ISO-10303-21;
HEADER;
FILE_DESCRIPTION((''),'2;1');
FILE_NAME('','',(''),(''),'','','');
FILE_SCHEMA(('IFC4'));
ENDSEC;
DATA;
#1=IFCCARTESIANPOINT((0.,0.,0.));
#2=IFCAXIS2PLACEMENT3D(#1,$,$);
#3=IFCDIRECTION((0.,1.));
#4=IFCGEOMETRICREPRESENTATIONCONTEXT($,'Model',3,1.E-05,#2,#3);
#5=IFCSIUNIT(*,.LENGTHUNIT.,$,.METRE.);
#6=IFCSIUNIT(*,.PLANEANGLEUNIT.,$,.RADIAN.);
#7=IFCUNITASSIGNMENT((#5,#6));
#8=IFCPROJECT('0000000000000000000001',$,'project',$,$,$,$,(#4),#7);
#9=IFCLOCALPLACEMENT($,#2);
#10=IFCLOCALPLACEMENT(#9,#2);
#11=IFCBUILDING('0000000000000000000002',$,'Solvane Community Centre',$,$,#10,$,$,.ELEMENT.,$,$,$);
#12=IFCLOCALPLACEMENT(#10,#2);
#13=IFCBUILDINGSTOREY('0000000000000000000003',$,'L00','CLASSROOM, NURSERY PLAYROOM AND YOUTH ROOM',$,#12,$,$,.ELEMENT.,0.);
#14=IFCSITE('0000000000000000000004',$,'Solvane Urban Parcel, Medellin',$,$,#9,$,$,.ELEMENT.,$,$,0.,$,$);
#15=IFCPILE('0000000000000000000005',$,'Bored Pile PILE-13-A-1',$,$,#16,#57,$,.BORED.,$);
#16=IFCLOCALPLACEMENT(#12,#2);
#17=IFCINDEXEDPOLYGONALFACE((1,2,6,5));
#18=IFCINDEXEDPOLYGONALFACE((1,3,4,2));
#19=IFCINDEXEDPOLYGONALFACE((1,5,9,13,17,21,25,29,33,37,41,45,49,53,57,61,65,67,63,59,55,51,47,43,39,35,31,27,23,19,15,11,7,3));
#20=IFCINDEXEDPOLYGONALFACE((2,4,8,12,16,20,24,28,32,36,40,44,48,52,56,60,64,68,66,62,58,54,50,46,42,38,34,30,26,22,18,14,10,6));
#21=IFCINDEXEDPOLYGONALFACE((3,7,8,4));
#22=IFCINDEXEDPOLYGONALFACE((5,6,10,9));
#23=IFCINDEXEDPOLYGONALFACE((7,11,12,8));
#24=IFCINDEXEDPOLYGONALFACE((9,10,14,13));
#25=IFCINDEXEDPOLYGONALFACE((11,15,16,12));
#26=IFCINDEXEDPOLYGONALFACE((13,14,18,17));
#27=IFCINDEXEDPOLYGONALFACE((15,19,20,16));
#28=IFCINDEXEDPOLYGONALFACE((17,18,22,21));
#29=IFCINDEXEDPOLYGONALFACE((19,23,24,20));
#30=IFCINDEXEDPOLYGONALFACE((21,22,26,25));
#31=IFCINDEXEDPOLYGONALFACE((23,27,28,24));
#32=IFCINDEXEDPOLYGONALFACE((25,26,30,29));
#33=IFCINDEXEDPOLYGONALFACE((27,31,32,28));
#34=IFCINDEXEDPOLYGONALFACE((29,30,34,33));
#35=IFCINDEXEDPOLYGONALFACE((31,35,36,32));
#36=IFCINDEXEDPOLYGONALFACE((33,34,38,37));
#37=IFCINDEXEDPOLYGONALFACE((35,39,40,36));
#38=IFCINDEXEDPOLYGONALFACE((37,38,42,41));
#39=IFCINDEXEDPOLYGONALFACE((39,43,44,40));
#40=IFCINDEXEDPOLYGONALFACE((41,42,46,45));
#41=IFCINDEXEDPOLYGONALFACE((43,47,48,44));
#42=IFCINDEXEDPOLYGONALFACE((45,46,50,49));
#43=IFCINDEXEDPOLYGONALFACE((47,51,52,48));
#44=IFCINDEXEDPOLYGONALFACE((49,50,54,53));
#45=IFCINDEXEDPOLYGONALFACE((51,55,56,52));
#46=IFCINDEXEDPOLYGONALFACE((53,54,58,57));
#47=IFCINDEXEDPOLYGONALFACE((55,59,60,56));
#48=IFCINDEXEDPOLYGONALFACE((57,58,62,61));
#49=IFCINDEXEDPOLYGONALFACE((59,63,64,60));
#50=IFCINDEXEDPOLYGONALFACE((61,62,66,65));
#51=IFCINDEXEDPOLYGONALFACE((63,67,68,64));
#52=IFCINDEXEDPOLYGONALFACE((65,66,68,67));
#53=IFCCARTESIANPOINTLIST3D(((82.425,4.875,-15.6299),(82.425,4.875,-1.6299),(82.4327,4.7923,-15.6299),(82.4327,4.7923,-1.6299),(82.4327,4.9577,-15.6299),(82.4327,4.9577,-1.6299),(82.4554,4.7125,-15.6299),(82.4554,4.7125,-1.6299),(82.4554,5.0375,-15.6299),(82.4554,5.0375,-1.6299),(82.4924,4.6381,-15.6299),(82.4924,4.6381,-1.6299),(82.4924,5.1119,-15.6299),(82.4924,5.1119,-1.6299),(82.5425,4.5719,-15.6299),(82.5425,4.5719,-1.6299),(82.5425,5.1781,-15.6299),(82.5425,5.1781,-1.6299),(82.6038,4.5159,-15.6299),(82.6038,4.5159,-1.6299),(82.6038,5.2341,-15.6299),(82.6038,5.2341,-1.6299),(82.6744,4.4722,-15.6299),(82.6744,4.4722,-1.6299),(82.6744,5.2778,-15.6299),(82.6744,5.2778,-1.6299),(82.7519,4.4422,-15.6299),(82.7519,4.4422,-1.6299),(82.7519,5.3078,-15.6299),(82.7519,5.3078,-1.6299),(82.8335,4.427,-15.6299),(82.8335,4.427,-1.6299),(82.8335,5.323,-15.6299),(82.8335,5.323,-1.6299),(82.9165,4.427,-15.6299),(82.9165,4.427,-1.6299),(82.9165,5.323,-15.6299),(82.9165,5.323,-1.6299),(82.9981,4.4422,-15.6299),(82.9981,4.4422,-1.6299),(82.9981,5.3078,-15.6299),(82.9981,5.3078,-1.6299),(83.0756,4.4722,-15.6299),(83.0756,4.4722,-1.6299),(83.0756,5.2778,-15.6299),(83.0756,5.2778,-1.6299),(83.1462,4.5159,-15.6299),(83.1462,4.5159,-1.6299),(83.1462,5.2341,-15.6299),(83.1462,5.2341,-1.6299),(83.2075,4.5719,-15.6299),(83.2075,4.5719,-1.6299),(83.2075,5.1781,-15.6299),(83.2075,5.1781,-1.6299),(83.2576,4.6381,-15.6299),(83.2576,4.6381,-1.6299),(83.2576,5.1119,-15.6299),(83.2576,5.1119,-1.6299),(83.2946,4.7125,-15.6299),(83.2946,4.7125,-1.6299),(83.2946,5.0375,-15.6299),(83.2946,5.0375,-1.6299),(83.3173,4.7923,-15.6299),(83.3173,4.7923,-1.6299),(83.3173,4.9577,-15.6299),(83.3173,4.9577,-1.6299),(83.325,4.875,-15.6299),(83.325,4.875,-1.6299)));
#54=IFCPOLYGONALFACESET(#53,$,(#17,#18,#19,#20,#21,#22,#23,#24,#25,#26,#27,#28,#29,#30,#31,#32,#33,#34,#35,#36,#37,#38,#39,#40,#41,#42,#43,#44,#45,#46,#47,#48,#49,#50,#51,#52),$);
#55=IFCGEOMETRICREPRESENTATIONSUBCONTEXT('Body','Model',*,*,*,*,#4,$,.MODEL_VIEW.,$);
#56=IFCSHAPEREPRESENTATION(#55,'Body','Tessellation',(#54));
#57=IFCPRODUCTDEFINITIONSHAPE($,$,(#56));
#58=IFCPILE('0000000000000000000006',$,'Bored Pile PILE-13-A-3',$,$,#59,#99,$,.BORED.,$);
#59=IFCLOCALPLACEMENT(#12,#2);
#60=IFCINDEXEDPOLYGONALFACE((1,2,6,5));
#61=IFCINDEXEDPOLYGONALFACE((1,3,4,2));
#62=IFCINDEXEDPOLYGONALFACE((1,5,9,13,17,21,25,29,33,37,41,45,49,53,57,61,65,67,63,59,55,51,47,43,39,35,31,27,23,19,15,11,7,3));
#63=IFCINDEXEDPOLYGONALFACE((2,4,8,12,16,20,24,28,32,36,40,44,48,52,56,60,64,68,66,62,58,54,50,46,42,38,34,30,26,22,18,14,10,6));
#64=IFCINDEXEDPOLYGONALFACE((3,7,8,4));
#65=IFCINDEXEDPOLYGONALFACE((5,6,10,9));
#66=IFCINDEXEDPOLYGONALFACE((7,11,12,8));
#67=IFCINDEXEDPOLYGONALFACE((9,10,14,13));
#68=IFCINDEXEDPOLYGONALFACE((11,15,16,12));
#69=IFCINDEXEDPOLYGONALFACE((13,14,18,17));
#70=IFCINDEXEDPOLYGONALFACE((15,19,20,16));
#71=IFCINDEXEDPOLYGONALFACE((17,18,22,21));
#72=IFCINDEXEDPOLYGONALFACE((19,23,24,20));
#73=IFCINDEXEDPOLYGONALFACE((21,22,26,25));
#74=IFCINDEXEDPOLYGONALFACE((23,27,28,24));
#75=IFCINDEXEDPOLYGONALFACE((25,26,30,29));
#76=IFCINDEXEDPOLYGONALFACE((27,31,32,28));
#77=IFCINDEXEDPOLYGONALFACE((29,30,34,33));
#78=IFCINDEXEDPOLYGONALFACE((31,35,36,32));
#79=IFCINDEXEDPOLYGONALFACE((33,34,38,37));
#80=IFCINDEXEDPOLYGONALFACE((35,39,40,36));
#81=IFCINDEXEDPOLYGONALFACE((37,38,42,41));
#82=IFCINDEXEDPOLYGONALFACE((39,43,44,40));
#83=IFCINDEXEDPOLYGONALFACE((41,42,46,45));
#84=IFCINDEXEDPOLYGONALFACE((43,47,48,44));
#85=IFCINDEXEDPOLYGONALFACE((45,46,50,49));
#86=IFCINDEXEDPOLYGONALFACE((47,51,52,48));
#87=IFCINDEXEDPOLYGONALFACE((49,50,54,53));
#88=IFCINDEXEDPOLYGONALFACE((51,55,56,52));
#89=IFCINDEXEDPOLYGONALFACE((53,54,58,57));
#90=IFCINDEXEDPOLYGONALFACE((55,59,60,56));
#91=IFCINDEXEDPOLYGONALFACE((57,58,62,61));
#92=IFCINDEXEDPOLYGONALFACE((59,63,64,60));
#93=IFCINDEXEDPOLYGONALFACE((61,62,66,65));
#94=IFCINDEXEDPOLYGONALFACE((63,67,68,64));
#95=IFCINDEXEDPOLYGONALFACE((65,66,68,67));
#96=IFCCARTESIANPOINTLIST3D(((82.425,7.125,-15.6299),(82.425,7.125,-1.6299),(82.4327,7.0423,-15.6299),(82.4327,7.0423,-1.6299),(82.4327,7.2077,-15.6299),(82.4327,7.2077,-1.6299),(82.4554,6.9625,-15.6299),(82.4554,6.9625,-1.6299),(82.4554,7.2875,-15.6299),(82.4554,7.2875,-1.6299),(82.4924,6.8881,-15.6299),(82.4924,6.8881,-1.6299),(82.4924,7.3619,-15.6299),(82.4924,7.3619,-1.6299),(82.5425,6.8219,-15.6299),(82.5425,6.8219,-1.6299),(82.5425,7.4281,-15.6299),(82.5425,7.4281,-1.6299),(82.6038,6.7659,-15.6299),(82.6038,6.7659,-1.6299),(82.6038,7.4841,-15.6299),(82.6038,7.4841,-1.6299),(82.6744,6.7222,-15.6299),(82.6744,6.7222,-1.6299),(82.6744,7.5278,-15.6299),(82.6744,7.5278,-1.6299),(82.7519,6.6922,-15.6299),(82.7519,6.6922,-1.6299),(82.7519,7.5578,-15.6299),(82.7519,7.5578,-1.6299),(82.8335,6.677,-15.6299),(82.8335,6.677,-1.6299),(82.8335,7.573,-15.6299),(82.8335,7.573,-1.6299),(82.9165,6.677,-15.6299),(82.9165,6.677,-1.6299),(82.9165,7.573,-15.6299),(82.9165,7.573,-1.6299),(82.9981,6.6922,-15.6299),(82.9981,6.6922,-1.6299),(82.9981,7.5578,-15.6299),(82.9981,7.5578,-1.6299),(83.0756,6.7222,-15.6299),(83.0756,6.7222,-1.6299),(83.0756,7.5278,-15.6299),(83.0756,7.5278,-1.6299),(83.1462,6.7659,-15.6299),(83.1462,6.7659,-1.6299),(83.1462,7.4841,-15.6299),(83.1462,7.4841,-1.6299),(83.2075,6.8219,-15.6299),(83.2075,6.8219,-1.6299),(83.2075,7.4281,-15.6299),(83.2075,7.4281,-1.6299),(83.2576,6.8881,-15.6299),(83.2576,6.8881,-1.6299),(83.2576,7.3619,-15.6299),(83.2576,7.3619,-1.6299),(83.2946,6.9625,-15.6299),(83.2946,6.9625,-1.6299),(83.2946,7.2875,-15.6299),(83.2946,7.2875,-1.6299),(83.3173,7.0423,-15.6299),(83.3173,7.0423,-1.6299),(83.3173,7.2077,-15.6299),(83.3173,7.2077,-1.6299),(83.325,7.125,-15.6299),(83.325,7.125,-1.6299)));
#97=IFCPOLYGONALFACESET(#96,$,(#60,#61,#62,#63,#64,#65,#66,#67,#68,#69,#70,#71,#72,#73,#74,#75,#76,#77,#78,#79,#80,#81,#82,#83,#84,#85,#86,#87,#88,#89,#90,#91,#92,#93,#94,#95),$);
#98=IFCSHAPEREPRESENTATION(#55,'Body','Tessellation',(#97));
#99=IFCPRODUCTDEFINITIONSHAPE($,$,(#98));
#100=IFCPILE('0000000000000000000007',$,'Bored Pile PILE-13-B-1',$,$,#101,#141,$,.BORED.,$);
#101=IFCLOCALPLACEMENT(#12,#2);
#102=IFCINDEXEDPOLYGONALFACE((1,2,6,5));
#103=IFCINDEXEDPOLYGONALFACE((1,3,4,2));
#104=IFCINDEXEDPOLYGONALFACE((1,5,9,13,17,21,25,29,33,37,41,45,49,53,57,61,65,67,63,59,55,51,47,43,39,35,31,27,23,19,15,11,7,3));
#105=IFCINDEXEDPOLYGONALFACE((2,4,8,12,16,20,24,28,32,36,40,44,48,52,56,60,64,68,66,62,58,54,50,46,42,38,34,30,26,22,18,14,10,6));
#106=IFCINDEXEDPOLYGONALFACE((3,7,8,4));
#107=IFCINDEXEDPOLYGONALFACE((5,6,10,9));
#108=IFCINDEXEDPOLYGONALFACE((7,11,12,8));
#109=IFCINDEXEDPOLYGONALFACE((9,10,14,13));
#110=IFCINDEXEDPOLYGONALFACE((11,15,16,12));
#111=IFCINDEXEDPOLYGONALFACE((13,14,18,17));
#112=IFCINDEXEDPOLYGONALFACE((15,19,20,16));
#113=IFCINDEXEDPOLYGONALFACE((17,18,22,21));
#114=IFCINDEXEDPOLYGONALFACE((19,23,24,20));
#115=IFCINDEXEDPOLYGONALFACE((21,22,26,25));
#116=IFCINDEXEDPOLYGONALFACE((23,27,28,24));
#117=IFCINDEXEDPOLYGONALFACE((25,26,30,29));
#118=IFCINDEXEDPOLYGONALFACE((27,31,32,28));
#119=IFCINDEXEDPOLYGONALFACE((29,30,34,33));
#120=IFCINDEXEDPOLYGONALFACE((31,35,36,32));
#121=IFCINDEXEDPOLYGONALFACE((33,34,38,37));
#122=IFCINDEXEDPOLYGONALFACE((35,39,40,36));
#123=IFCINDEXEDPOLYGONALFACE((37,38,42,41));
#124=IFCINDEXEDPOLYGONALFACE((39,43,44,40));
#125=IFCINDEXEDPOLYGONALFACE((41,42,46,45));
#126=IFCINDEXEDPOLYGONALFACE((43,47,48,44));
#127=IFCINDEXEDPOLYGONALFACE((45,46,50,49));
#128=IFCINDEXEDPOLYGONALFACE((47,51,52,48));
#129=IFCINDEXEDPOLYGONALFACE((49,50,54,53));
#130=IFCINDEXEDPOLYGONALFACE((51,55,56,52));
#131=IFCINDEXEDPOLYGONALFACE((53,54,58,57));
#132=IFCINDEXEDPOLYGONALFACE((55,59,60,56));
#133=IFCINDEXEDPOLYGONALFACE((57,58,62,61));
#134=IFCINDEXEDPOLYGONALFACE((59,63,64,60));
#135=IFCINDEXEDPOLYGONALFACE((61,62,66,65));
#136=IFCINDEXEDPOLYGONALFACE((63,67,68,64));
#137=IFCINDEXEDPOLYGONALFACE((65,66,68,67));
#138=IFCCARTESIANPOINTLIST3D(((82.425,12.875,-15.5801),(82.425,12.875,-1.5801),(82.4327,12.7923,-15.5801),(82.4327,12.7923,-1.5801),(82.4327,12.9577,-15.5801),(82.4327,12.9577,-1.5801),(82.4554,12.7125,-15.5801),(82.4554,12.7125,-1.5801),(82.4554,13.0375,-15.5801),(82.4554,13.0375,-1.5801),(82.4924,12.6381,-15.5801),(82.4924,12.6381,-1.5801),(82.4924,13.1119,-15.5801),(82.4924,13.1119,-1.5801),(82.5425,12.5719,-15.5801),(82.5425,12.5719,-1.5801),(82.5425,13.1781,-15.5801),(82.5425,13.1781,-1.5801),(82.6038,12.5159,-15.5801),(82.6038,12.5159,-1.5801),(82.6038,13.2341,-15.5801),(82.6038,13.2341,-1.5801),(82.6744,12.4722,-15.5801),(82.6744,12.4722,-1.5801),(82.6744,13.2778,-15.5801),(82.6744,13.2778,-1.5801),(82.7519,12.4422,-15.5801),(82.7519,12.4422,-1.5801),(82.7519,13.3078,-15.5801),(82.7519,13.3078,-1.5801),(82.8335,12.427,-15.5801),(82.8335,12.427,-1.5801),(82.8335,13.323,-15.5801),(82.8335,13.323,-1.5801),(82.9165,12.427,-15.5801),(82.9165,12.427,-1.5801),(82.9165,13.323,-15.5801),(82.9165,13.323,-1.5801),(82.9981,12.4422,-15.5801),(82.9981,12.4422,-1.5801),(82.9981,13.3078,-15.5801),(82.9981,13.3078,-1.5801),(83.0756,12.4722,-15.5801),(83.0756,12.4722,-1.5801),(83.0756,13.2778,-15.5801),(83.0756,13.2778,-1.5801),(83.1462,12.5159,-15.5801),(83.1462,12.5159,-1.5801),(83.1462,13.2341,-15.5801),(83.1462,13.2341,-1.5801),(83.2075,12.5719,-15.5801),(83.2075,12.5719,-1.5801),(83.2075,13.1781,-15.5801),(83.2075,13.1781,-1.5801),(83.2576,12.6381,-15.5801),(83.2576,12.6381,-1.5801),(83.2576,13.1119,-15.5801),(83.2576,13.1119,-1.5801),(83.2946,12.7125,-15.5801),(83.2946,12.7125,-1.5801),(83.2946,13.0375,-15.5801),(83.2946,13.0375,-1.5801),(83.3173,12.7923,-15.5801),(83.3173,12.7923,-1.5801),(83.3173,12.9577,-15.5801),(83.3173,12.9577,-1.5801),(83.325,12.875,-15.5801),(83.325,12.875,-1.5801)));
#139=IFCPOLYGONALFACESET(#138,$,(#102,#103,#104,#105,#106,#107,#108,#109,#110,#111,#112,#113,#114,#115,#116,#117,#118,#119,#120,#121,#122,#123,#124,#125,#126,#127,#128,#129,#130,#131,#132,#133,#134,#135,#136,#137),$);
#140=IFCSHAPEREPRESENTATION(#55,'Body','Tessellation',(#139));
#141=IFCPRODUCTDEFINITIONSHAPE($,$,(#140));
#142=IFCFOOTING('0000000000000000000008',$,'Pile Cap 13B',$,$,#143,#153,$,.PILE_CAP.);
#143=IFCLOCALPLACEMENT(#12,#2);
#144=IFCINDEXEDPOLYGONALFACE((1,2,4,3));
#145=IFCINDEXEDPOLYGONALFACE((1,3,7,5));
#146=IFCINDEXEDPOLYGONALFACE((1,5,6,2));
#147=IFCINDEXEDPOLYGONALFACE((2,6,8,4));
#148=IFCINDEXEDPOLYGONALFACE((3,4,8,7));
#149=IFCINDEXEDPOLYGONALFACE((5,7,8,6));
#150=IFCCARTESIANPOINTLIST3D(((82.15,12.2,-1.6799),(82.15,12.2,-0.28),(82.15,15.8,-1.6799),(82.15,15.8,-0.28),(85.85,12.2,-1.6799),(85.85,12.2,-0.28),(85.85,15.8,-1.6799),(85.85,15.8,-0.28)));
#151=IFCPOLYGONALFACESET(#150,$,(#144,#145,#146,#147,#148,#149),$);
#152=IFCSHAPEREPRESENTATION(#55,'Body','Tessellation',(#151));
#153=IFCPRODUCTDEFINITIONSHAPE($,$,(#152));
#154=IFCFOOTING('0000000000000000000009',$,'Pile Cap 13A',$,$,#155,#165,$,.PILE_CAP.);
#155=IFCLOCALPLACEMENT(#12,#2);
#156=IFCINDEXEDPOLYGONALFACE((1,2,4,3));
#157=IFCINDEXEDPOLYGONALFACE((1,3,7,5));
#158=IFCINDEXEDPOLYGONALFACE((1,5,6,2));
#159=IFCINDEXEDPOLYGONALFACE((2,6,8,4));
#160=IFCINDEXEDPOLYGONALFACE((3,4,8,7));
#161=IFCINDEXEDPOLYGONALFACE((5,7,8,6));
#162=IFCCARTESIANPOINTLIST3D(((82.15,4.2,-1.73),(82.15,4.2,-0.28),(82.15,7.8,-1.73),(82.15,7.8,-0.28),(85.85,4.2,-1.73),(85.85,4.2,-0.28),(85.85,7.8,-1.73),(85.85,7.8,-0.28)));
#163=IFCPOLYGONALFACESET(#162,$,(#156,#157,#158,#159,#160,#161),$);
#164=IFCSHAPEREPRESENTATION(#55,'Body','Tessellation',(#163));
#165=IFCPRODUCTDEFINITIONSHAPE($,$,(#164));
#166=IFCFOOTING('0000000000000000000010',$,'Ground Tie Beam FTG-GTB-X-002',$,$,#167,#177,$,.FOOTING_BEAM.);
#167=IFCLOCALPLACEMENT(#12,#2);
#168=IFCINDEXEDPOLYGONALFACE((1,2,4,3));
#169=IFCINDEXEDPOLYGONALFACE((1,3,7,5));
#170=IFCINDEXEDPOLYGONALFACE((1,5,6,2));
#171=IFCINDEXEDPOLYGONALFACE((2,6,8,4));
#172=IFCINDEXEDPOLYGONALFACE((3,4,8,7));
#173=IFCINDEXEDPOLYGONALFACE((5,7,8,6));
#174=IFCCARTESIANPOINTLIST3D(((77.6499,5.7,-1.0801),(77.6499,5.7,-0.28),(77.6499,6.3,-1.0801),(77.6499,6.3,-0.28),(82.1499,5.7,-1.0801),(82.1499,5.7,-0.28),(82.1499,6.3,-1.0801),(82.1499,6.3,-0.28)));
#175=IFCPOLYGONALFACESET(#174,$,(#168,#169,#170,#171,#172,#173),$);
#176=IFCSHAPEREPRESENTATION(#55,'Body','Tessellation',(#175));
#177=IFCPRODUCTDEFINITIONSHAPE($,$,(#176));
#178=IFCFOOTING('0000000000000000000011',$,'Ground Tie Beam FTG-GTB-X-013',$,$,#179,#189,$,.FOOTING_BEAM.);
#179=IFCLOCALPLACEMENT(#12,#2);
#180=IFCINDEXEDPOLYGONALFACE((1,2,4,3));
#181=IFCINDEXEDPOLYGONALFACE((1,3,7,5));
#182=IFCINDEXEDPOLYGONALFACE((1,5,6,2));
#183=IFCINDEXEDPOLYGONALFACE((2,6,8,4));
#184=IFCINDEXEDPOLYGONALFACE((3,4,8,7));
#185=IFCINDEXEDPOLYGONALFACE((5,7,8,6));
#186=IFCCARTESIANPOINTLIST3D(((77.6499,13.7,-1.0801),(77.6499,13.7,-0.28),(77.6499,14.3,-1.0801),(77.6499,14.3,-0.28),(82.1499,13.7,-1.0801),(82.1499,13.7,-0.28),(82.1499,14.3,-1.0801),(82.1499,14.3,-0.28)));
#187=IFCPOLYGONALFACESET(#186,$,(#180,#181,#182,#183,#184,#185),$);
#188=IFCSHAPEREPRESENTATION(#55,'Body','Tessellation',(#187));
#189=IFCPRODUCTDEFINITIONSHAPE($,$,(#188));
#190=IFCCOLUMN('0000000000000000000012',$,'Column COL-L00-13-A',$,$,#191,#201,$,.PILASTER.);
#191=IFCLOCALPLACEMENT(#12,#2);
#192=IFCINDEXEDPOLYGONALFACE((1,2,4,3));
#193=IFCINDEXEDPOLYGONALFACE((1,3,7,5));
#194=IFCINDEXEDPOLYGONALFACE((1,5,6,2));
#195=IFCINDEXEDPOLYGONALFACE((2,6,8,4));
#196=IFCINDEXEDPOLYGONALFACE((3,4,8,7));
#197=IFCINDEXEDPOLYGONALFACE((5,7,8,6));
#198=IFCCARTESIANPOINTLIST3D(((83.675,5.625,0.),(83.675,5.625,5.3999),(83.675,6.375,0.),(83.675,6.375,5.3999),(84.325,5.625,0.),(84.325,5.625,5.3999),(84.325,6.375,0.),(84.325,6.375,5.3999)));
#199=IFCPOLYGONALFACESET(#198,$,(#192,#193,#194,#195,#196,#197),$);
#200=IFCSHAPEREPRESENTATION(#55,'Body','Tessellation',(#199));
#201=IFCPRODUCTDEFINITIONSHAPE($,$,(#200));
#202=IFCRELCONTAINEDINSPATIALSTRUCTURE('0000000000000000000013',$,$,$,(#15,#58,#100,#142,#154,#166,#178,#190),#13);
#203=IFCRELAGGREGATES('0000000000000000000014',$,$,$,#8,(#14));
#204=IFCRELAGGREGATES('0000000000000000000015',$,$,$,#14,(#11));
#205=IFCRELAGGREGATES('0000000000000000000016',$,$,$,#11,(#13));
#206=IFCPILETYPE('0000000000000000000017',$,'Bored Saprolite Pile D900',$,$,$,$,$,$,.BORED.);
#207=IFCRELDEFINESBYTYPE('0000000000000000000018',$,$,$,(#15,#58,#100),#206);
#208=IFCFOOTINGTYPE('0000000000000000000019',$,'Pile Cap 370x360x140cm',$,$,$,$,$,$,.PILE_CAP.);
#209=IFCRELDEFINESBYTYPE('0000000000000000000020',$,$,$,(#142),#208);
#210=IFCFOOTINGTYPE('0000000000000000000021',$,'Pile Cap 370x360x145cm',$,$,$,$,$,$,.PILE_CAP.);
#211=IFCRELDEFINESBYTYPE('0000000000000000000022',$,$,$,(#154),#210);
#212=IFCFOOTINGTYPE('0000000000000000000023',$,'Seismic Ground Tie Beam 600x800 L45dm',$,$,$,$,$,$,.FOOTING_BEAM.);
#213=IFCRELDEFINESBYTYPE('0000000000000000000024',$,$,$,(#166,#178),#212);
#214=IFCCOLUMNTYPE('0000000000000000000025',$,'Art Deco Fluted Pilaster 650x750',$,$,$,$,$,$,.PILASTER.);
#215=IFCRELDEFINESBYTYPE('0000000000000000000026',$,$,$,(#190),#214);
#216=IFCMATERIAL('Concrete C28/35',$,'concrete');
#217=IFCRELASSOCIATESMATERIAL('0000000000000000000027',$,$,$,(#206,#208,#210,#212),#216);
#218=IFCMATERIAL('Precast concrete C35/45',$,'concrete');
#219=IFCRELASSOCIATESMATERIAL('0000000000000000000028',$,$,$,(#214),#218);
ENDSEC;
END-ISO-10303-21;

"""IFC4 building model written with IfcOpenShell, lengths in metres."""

from ifc_helpers import new_model, si_unit, direction, frame, origin, origin_2d, place, context, subcontext, project, spatial, rectangle, circle, extrude, material, material_profile, profile_set, type_object, element, save


model = new_model("IFC4")

# Units and contexts
model_context = context("Model", 3, precision=1e-05, world=origin(), true_north=direction((0.0, 1.0)))
body_context = subcontext(model_context, "Body", "Model", "MODEL_VIEW")
ifc_project = project(units=[si_unit("LENGTHUNIT", "METRE"), si_unit("PLANEANGLEUNIT", "RADIAN")], contexts=[model_context])

# Site, building, storey
site_placement = place(None, origin())
site = spatial("IfcSite", under=ifc_project, at=site_placement, Name="Solvane Urban Parcel, Medellin", CompositionType="ELEMENT", RefElevation=0.0)
building_placement = place(site_placement, origin())
building = spatial("IfcBuilding", under=site, at=building_placement, Name="Solvane Community Centre", CompositionType="ELEMENT")
storey_placement = place(building_placement, origin())
storey = spatial("IfcBuildingStorey", under=building, at=storey_placement, Name="L00", Description="CLASSROOM, NURSERY PLAYROOM AND YOUTH ROOM", CompositionType="ELEMENT", Elevation=0.0)

# Piles
ifc_material_1 = material(Name="Concrete C28/35", Category="concrete")
ifc_material_profile_1 = material_profile(ifc_material_1, circle(Radius=0.45, at=origin_2d()), Name="PILE D900")
ifc_profile_set_1 = profile_set([ifc_material_profile_1], Name="Concrete C28/35")
pile_type = type_object("IfcPileType", Name="Bored Saprolite Pile D900", PredefinedType="BORED", material=ifc_profile_set_1)
for number, where, z_axis, x_axis, name in (
    (1, (82.875, 4.875, -1.6299), (0.0, 0.0, -1.0), (1.0, 0.0, 0.0), "Bored Pile PILE-13-A-1"),
    (2, (82.875, 7.125, -1.6299), (0.0, 0.0, -1.0), (1.0, 0.0, 0.0), "Bored Pile PILE-13-A-3"),
    (3, (82.875, 12.875, -1.5801), (0.0, 0.0, -1.0), (1.0, 0.0, 0.0), "Bored Pile PILE-13-B-1"),
):
    element("IfcPile", number, at=place(storey_placement, frame(where, z_axis=z_axis, x_axis=x_axis)), inside=storey, type_object=pile_type, Name=name, PredefinedType="BORED", context=body_context, shape_type="SweptSolid", body=[
        extrude(circle(Radius=0.45, at=origin_2d()), origin(), (0.0, 0.0, 1.0), 14.0),
    ])

# Footings
footing_type_1 = type_object("IfcFootingType", Name="Pile Cap 370x360x140cm", PredefinedType="PILE_CAP", material=ifc_material_1)
footing_1_placement = place(storey_placement, frame((84.0, 14.0, -1.6799), z_axis=(0.0, 0.0, 1.0), x_axis=(1.0, 0.0, 0.0)))
element("IfcFooting", 4, at=footing_1_placement, inside=storey, type_object=footing_type_1, Name="Pile Cap 13B", PredefinedType="PILE_CAP", context=body_context, shape_type="SweptSolid", body=[
    extrude(rectangle(XDim=3.7, YDim=3.6001, at=origin_2d()), origin(), (0.0, 0.0, 1.0), 1.3999),
])
footing_type_2 = type_object("IfcFootingType", Name="Pile Cap 370x360x145cm", PredefinedType="PILE_CAP", material=ifc_material_1)
footing_2_placement = place(storey_placement, frame((84.0, 6.0, -1.73), z_axis=(0.0, 0.0, 1.0), x_axis=(1.0, 0.0, 0.0)))
element("IfcFooting", 5, at=footing_2_placement, inside=storey, type_object=footing_type_2, Name="Pile Cap 13A", PredefinedType="PILE_CAP", context=body_context, shape_type="SweptSolid", body=[
    extrude(rectangle(XDim=3.7, YDim=3.6001, at=origin_2d()), origin(), (0.0, 0.0, 1.0), 1.45),
])
footing_type_3 = type_object("IfcFootingType", Name="Seismic Ground Tie Beam 600x800 L45dm", PredefinedType="FOOTING_BEAM", material=ifc_material_1)
for number, where, z_axis, x_axis, name in (
    (6, (79.8999, 6.0, -1.0801), (0.0, 0.0, 1.0), (1.0, 0.0, 0.0), "Ground Tie Beam FTG-GTB-X-002"),
    (7, (79.8999, 14.0, -1.0801), (0.0, 0.0, 1.0), (1.0, 0.0, 0.0), "Ground Tie Beam FTG-GTB-X-013"),
):
    element("IfcFooting", number, at=place(storey_placement, frame(where, z_axis=z_axis, x_axis=x_axis)), inside=storey, type_object=footing_type_3, Name=name, PredefinedType="FOOTING_BEAM", context=body_context, shape_type="SweptSolid", body=[
        extrude(rectangle(XDim=4.5, YDim=0.6001, at=origin_2d()), origin(), (0.0, 0.0, 1.0), 0.8),
    ])

# Column
ifc_material_2 = material(Name="Precast concrete C35/45", Category="concrete")
ifc_material_profile_2 = material_profile(ifc_material_2, rectangle(XDim=0.6499, YDim=0.75, at=origin_2d()), Name="RC 650x750")
ifc_profile_set_2 = profile_set([ifc_material_profile_2], Name="Precast concrete C35/45")
column_type_1 = type_object("IfcColumnType", Name="Art Deco Fluted Pilaster 650x750", PredefinedType="PILASTER", material=ifc_profile_set_2)
column_1_placement = place(storey_placement, frame((84.0, 6.0, 0.0), z_axis=(0.0, 0.0, 1.0), x_axis=(1.0, 0.0, 0.0)))
element("IfcColumn", 8, at=column_1_placement, inside=storey, type_object=column_type_1, Name="Column COL-L00-13-A", PredefinedType="PILASTER", context=body_context, shape_type="SweptSolid", body=[
    extrude(rectangle(XDim=0.6499, YDim=0.75, at=origin_2d()), origin(), (0.0, 0.0, 1.0), 5.3999),
])

save(model, "model.ifc")
